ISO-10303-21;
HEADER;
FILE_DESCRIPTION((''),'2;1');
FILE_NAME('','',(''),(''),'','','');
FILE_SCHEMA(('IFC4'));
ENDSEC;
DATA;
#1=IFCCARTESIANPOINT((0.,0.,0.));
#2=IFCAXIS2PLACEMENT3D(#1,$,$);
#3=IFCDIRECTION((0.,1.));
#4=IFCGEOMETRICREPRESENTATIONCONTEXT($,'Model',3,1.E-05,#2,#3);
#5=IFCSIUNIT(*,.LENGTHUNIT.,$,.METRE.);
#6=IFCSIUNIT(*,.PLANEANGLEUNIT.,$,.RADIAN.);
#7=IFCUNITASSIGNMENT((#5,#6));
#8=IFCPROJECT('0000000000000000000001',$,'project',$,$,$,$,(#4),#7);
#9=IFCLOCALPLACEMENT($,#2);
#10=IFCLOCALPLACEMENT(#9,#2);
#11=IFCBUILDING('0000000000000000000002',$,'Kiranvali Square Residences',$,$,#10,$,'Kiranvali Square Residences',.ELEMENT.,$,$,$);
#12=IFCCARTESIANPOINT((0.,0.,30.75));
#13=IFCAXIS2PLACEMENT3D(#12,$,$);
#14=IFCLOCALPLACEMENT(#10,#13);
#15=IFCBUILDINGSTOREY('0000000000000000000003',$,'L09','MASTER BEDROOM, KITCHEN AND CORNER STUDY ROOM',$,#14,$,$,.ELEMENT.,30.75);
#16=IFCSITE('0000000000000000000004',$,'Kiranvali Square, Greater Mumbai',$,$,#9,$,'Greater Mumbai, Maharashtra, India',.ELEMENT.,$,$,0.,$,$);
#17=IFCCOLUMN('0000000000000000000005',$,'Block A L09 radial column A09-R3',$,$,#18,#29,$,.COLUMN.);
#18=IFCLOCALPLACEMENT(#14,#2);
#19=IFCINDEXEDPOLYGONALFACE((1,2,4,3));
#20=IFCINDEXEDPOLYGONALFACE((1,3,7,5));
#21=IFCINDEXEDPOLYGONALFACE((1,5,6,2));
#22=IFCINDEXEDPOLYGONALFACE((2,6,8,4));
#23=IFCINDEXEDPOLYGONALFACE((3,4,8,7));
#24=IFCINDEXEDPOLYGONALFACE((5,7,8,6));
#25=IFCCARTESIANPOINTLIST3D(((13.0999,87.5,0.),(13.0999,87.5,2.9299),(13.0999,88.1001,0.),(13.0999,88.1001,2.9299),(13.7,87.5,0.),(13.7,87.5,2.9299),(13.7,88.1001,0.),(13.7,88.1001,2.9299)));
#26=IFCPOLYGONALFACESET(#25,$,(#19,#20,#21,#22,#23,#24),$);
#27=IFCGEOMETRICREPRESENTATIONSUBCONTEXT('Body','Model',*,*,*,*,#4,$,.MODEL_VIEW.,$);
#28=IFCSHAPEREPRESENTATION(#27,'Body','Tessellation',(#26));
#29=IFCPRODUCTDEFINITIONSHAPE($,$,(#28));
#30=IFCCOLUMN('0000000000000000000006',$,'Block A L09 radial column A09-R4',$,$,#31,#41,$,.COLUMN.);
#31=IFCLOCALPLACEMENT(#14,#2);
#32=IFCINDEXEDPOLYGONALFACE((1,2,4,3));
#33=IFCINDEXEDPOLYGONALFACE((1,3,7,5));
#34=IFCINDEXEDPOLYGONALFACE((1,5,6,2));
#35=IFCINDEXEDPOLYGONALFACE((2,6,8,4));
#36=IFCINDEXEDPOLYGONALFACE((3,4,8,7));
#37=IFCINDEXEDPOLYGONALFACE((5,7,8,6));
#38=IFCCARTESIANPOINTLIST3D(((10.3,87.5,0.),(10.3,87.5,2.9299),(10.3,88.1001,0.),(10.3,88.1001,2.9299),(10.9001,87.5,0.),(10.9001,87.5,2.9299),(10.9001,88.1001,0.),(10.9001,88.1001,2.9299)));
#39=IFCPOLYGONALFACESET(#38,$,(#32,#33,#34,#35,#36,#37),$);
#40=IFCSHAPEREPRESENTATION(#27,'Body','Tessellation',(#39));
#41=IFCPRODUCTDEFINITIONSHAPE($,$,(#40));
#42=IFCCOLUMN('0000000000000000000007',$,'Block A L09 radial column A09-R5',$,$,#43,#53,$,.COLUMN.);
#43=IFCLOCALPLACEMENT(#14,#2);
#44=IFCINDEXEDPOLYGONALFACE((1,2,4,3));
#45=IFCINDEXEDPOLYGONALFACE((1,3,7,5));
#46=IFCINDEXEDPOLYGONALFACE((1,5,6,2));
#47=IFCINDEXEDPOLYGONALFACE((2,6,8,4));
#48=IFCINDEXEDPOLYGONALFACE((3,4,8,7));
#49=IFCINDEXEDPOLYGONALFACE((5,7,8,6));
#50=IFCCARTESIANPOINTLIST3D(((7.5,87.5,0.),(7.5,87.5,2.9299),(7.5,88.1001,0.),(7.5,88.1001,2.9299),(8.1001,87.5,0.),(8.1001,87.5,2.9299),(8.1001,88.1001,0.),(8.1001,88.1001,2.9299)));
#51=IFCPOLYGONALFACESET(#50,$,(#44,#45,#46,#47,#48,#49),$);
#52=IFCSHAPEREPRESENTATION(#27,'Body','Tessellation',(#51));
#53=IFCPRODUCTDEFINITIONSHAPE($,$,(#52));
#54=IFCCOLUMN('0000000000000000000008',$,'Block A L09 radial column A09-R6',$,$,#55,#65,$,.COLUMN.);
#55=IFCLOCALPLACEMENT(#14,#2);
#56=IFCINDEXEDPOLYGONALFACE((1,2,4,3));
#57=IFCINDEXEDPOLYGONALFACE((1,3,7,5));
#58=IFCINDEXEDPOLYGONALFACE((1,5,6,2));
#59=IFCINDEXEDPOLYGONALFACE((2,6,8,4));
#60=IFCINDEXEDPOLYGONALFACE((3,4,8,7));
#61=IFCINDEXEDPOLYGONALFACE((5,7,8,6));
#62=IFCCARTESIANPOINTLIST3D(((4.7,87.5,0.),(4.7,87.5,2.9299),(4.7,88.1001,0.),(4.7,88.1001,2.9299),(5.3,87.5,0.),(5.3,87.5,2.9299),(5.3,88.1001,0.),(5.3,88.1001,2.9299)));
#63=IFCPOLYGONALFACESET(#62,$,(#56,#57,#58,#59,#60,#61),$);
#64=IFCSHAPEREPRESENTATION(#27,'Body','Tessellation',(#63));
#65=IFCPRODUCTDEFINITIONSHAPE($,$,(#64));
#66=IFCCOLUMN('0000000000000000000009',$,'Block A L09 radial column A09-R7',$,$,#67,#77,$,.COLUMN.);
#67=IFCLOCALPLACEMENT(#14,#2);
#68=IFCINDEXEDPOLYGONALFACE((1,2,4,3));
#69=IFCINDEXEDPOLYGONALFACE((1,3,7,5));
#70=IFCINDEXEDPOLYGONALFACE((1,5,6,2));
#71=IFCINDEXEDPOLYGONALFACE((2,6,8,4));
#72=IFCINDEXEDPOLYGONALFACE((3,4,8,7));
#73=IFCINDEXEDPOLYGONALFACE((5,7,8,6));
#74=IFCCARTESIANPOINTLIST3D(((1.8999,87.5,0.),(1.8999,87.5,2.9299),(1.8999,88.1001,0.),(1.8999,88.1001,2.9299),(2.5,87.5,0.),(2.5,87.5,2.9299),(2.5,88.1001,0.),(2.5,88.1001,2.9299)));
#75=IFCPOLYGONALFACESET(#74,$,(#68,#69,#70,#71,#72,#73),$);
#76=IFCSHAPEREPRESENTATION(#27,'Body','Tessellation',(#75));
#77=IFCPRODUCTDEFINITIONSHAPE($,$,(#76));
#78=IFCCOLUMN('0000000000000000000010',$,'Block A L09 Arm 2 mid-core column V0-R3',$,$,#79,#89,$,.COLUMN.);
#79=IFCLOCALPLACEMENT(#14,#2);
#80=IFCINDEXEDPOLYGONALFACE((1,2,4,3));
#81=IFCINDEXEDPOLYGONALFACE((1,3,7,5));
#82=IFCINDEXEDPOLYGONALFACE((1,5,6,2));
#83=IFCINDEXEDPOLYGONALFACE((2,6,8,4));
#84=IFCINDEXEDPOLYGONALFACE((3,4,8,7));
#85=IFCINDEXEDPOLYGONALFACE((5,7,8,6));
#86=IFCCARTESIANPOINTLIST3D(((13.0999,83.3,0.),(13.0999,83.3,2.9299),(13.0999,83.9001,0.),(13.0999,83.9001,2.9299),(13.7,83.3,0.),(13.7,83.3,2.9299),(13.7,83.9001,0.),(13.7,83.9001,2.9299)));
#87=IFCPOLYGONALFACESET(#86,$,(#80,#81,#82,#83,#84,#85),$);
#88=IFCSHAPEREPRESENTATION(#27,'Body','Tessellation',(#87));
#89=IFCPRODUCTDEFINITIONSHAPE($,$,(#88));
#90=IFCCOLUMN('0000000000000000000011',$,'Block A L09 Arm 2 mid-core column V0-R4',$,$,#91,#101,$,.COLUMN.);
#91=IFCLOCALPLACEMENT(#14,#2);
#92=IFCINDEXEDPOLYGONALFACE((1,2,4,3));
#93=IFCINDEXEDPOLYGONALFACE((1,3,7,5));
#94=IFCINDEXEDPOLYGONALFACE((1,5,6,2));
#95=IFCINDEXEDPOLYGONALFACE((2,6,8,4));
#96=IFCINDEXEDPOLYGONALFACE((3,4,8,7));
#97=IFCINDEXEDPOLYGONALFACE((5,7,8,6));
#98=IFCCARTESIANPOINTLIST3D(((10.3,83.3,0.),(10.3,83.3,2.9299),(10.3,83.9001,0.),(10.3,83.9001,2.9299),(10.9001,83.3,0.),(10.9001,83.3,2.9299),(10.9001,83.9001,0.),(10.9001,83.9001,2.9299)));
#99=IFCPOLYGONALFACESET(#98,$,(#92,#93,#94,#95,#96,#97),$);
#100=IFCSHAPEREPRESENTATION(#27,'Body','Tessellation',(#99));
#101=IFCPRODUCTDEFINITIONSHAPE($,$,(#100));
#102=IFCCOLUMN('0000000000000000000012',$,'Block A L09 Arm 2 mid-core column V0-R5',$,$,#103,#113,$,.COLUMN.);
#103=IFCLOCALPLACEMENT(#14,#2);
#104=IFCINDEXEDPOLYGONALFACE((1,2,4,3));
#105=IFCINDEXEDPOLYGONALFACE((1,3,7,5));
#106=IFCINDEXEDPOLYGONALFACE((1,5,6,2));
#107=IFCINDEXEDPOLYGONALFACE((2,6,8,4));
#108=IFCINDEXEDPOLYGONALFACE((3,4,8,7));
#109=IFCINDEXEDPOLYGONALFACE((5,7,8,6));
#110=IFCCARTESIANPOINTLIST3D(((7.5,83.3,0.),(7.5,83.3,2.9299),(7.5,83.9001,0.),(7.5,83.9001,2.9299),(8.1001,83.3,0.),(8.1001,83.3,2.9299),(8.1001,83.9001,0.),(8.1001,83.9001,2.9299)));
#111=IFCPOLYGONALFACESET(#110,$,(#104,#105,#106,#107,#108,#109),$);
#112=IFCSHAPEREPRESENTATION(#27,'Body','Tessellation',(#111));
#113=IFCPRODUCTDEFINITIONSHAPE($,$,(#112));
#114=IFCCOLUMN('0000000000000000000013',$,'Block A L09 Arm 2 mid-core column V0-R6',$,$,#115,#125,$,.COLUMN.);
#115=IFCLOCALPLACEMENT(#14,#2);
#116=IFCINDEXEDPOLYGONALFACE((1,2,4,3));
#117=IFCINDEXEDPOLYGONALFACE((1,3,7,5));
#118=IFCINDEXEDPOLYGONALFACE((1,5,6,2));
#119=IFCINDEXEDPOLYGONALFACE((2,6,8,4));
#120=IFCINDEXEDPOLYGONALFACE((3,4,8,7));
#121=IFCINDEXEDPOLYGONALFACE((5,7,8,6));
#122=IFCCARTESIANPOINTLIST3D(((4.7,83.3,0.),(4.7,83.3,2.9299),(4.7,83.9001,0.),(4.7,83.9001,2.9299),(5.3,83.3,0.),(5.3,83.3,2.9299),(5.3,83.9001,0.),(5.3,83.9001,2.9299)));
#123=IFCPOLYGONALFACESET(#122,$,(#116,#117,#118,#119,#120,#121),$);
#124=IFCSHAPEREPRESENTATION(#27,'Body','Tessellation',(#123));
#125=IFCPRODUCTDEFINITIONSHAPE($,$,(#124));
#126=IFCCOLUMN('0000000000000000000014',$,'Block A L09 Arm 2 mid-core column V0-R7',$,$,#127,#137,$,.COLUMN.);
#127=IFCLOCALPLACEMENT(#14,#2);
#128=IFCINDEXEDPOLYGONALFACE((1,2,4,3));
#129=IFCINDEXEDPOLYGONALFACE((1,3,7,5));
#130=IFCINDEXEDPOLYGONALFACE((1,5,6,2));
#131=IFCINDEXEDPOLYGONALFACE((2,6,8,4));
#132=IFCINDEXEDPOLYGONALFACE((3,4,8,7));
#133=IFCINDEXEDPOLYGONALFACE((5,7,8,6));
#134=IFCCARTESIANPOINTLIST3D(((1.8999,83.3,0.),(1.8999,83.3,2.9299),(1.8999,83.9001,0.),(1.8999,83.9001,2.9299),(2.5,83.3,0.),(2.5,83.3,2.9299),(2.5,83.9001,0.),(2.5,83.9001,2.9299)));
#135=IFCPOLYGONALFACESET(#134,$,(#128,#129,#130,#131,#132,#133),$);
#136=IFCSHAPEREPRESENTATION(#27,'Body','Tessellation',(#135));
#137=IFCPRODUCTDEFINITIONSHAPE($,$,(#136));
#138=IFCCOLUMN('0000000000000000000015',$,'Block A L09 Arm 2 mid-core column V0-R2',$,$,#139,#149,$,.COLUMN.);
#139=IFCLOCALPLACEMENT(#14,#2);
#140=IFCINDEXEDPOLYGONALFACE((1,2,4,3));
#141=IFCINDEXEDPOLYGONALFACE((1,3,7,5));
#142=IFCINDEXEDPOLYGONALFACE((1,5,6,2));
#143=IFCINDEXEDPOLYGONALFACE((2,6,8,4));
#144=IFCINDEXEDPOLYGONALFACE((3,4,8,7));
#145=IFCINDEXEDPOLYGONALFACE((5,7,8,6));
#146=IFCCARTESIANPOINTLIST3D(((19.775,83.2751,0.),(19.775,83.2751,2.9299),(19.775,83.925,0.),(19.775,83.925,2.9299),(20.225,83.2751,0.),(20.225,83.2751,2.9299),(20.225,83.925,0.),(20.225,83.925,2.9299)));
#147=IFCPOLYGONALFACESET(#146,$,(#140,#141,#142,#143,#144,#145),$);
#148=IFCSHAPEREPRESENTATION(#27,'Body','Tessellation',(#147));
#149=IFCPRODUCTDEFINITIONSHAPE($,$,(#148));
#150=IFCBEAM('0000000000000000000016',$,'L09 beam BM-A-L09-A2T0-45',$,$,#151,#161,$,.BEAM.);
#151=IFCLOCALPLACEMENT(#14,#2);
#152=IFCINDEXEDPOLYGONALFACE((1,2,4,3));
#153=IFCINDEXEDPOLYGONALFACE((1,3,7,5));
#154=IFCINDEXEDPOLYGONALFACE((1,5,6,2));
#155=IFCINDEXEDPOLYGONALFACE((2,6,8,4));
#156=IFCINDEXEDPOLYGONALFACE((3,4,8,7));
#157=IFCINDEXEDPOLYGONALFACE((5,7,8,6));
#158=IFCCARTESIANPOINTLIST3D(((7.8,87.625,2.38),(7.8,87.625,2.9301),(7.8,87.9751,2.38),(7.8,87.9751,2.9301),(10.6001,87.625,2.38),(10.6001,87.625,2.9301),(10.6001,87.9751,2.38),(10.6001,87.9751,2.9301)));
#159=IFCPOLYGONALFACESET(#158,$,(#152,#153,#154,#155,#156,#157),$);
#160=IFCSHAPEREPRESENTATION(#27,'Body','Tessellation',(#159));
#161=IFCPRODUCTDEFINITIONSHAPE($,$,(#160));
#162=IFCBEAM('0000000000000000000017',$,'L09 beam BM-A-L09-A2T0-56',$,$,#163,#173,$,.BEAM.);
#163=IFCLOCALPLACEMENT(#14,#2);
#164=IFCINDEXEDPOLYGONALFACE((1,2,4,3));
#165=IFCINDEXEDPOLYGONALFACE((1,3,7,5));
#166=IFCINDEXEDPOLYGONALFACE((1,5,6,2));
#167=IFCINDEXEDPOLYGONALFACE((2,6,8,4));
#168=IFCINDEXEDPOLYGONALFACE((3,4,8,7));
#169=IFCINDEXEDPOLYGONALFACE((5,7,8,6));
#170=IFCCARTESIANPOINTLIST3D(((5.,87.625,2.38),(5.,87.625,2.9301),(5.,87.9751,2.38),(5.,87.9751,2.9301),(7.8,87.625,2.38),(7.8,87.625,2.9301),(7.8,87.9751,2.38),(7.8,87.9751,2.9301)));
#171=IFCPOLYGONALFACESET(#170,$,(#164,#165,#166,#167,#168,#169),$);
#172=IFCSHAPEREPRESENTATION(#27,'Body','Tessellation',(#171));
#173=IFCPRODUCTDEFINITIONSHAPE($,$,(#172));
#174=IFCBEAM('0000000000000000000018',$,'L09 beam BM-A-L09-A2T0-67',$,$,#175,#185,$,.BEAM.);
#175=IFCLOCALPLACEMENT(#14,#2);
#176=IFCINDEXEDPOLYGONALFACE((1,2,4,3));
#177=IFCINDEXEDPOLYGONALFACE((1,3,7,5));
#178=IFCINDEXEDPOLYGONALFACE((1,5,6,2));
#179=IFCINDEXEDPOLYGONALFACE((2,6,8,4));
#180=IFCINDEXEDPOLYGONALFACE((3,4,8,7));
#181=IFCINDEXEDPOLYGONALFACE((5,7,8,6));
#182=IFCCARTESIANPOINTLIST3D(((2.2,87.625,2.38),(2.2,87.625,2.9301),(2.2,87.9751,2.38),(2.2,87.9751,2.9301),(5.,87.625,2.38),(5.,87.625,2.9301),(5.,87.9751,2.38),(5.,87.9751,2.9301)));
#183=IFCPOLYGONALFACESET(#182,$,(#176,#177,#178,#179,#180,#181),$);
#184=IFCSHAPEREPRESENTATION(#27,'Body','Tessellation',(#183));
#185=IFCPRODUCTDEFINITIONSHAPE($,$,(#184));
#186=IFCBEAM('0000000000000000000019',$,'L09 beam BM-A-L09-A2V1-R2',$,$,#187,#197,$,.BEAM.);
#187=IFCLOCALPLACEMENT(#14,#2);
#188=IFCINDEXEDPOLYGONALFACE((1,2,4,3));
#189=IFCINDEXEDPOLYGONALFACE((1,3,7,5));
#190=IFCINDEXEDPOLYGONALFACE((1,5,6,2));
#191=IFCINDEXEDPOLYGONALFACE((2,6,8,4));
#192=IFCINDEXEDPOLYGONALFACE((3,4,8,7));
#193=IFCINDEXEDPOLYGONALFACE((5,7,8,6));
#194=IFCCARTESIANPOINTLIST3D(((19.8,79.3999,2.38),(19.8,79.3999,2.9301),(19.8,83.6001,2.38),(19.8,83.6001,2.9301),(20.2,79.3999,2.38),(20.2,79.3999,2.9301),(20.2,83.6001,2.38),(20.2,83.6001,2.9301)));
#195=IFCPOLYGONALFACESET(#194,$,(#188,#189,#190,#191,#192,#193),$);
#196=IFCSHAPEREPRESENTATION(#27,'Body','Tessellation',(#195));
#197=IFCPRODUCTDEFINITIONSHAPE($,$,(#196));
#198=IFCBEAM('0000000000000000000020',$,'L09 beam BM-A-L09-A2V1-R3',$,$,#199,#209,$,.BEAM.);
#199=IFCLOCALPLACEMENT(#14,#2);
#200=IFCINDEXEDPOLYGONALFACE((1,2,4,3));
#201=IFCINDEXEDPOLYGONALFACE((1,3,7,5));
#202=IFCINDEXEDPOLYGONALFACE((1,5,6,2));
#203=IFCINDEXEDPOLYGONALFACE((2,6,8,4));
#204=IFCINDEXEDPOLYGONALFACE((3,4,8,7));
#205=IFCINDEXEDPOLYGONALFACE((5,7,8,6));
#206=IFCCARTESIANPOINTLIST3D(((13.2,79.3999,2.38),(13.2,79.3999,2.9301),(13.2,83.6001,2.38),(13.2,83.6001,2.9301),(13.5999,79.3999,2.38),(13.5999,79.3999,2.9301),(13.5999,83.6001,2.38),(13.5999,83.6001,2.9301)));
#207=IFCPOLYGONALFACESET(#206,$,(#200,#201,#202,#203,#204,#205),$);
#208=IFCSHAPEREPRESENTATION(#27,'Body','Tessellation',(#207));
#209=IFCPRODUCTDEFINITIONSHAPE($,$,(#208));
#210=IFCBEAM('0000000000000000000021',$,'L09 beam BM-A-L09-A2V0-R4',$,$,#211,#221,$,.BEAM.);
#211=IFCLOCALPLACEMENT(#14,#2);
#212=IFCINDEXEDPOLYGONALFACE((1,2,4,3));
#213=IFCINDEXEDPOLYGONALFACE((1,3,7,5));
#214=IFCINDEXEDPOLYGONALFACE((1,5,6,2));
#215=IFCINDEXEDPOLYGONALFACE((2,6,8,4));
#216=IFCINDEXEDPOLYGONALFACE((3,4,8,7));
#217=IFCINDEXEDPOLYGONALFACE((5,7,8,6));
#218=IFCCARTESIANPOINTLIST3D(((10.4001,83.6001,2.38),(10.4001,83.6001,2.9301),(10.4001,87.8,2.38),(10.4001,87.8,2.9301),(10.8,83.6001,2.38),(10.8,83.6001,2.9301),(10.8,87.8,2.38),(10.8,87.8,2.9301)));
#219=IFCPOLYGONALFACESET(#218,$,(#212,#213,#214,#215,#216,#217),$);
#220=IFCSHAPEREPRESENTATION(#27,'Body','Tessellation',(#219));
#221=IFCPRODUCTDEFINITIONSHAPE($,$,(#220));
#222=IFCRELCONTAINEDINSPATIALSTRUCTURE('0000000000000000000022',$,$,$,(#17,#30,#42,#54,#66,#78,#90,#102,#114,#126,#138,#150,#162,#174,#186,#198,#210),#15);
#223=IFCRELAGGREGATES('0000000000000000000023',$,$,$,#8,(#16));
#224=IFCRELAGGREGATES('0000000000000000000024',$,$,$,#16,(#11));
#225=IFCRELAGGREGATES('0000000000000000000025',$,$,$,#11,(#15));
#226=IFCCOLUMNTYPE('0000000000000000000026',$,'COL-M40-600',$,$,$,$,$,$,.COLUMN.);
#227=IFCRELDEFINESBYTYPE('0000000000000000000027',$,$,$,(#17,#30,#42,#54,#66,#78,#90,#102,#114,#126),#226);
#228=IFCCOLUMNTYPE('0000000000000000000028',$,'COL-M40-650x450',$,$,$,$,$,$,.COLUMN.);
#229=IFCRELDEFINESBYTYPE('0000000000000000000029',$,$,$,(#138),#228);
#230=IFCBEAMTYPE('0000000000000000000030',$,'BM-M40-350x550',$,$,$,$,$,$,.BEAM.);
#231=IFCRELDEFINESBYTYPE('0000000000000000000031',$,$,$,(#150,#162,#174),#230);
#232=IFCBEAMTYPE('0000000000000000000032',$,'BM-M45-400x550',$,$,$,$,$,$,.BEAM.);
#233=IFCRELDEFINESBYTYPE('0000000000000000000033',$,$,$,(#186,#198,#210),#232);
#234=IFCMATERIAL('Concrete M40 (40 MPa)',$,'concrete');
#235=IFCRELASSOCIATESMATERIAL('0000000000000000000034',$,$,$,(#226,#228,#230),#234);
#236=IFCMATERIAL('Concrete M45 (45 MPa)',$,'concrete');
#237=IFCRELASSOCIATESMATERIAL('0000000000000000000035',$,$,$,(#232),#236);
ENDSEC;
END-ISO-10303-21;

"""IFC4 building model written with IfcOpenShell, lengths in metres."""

from ifc_helpers import new_model, si_unit, direction, frame, origin, origin_2d, place, context, subcontext, project, spatial, rectangle, extrude, material, material_profile, profile_set, type_object, element, save


model = new_model("IFC4")

# Units and contexts
model_context = context("Model", 3, precision=1e-05, world=origin(), true_north=direction((0.0, 1.0)))
body_context = subcontext(model_context, "Body", "Model", "MODEL_VIEW")
ifc_project = project(units=[si_unit("LENGTHUNIT", "METRE"), si_unit("PLANEANGLEUNIT", "RADIAN")], contexts=[model_context])

# Site, building, storey
site_placement = place(None, origin())
site = spatial("IfcSite", under=ifc_project, at=site_placement, Name="Kiranvali Square, Greater Mumbai", LongName="Greater Mumbai, Maharashtra, India", CompositionType="ELEMENT", RefElevation=0.0)
building_placement = place(site_placement, origin())
building = spatial("IfcBuilding", under=site, at=building_placement, Name="Kiranvali Square Residences", LongName="Kiranvali Square Residences", CompositionType="ELEMENT")
storey_placement = place(building_placement, frame((0.0, 0.0, 30.75)))
storey = spatial("IfcBuildingStorey", under=building, at=storey_placement, Name="L09", Description="MASTER BEDROOM, KITCHEN AND CORNER STUDY ROOM", CompositionType="ELEMENT", Elevation=30.75)

# Columns
ifc_material_1 = material(Name="Concrete M40 (40 MPa)", Category="concrete")
ifc_material_profile_1 = material_profile(ifc_material_1, rectangle(XDim=0.6001, YDim=0.6001, at=origin_2d()), Name="RC 600x600")
ifc_profile_set_1 = profile_set([ifc_material_profile_1], Name="Concrete M40 (40 MPa)")
column_type_1 = type_object("IfcColumnType", Name="COL-M40-600", PredefinedType="COLUMN", material=ifc_profile_set_1)
for number, where, z_axis, x_axis, name in (
    (1, (13.3999, 87.8, 0.0), (0.0, 0.0, 1.0), (0.0, 1.0, 0.0), "Block A L09 radial column A09-R3"),
    (2, (10.6001, 87.8, 0.0), (0.0, 0.0, 1.0), (0.0, 1.0, 0.0), "Block A L09 radial column A09-R4"),
    (3, (7.8, 87.8, 0.0), (0.0, 0.0, 1.0), (0.0, 1.0, 0.0), "Block A L09 radial column A09-R5"),
    (4, (5.0, 87.8, 0.0), (0.0, 0.0, 1.0), (0.0, 1.0, 0.0), "Block A L09 radial column A09-R6"),
    (5, (2.2, 87.8, 0.0), (0.0, 0.0, 1.0), (0.0, 1.0, 0.0), "Block A L09 radial column A09-R7"),
    (6, (13.3999, 83.6001, 0.0), (0.0, 0.0, 1.0), (1.0, 0.0, 0.0), "Block A L09 Arm 2 mid-core column V0-R3"),
    (7, (10.6001, 83.6001, 0.0), (0.0, 0.0, 1.0), (1.0, 0.0, 0.0), "Block A L09 Arm 2 mid-core column V0-R4"),
    (8, (7.8, 83.6001, 0.0), (0.0, 0.0, 1.0), (1.0, 0.0, 0.0), "Block A L09 Arm 2 mid-core column V0-R5"),
    (9, (5.0, 83.6001, 0.0), (0.0, 0.0, 1.0), (1.0, 0.0, 0.0), "Block A L09 Arm 2 mid-core column V0-R6"),
    (10, (2.2, 83.6001, 0.0), (0.0, 0.0, 1.0), (1.0, 0.0, 0.0), "Block A L09 Arm 2 mid-core column V0-R7"),
):
    element("IfcColumn", number, at=place(storey_placement, frame(where, z_axis=z_axis, x_axis=x_axis)), inside=storey, type_object=column_type_1, Name=name, PredefinedType="COLUMN", context=body_context, shape_type="SweptSolid", body=[
        extrude(rectangle(XDim=0.6001, YDim=0.6001, at=origin_2d()), origin(), (0.0, 0.0, 1.0), 2.9299),
    ])
ifc_material_profile_2 = material_profile(ifc_material_1, rectangle(XDim=0.45, YDim=0.6499, at=origin_2d()), Name="RC 650x450")
ifc_profile_set_2 = profile_set([ifc_material_profile_2], Name="Concrete M40 (40 MPa)")
column_type_2 = type_object("IfcColumnType", Name="COL-M40-650x450", PredefinedType="COLUMN", material=ifc_profile_set_2)
column_placement = place(storey_placement, frame((20.0, 83.6001, 0.0), z_axis=(0.0, 0.0, 1.0), x_axis=(1.0, 0.0, 0.0)))
element("IfcColumn", 11, at=column_placement, inside=storey, type_object=column_type_2, Name="Block A L09 Arm 2 mid-core column V0-R2", PredefinedType="COLUMN", context=body_context, shape_type="SweptSolid", body=[
    extrude(rectangle(XDim=0.45, YDim=0.6499, at=origin_2d()), origin(), (0.0, 0.0, 1.0), 2.9299),
])

# Beams
ifc_material_profile_3 = material_profile(ifc_material_1, rectangle(XDim=0.3501, YDim=0.55, at=origin_2d()), Name="RC 350x550")
ifc_profile_set_3 = profile_set([ifc_material_profile_3], Name="Concrete M40 (40 MPa)")
beam_type_1 = type_object("IfcBeamType", Name="BM-M40-350x550", PredefinedType="BEAM", material=ifc_profile_set_3)
for number, where, z_axis, x_axis, name in (
    (12, (10.6001, 87.8, 2.655), (-1.0, 0.0, 0.0), (0.0, -1.0, 0.0), "L09 beam BM-A-L09-A2T0-45"),
    (13, (7.8, 87.8, 2.655), (-1.0, 0.0, 0.0), (0.0, -1.0, 0.0), "L09 beam BM-A-L09-A2T0-56"),
    (14, (5.0, 87.8, 2.655), (-1.0, 0.0, 0.0), (0.0, -1.0, 0.0), "L09 beam BM-A-L09-A2T0-67"),
):
    element("IfcBeam", number, at=place(storey_placement, frame(where, z_axis=z_axis, x_axis=x_axis)), inside=storey, type_object=beam_type_1, Name=name, PredefinedType="BEAM", context=body_context, shape_type="SweptSolid", body=[
        extrude(rectangle(XDim=0.3501, YDim=0.55, at=origin_2d()), origin(), (0.0, 0.0, 1.0), 2.8),
    ])
ifc_material_2 = material(Name="Concrete M45 (45 MPa)", Category="concrete")
ifc_material_profile_4 = material_profile(ifc_material_2, rectangle(XDim=0.3999, YDim=0.55, at=origin_2d()), Name="RC 400x550")
ifc_profile_set_4 = profile_set([ifc_material_profile_4], Name="Concrete M45 (45 MPa)")
beam_type_2 = type_object("IfcBeamType", Name="BM-M45-400x550", PredefinedType="BEAM", material=ifc_profile_set_4)
for number, where, z_axis, x_axis, name in (
    (15, (20.0, 83.6001, 2.655), (0.0, -1.0, 0.0), (1.0, 0.0, 0.0), "L09 beam BM-A-L09-A2V1-R2"),
    (16, (13.3999, 83.6001, 2.655), (0.0, -1.0, 0.0), (1.0, 0.0, 0.0), "L09 beam BM-A-L09-A2V1-R3"),
):
    element("IfcBeam", number, at=place(storey_placement, frame(where, z_axis=z_axis, x_axis=x_axis)), inside=storey, type_object=beam_type_2, Name=name, PredefinedType="BEAM", context=body_context, shape_type="SweptSolid", body=[
        extrude(rectangle(XDim=0.3999, YDim=0.55, at=origin_2d()), origin(), (0.0, 0.0, 1.0), 4.2002),
    ])
beam_1_placement = place(storey_placement, frame((10.6001, 87.8, 2.655), z_axis=(0.0, -1.0, 0.0), x_axis=(1.0, 0.0, 0.0)))
element("IfcBeam", 17, at=beam_1_placement, inside=storey, type_object=beam_type_2, Name="L09 beam BM-A-L09-A2V0-R4", PredefinedType="BEAM", context=body_context, shape_type="SweptSolid", body=[
    extrude(rectangle(XDim=0.3999, YDim=0.55, at=origin_2d()), origin(), (0.0, 0.0, 1.0), 4.2),
])

save(model, "model.ifc")
